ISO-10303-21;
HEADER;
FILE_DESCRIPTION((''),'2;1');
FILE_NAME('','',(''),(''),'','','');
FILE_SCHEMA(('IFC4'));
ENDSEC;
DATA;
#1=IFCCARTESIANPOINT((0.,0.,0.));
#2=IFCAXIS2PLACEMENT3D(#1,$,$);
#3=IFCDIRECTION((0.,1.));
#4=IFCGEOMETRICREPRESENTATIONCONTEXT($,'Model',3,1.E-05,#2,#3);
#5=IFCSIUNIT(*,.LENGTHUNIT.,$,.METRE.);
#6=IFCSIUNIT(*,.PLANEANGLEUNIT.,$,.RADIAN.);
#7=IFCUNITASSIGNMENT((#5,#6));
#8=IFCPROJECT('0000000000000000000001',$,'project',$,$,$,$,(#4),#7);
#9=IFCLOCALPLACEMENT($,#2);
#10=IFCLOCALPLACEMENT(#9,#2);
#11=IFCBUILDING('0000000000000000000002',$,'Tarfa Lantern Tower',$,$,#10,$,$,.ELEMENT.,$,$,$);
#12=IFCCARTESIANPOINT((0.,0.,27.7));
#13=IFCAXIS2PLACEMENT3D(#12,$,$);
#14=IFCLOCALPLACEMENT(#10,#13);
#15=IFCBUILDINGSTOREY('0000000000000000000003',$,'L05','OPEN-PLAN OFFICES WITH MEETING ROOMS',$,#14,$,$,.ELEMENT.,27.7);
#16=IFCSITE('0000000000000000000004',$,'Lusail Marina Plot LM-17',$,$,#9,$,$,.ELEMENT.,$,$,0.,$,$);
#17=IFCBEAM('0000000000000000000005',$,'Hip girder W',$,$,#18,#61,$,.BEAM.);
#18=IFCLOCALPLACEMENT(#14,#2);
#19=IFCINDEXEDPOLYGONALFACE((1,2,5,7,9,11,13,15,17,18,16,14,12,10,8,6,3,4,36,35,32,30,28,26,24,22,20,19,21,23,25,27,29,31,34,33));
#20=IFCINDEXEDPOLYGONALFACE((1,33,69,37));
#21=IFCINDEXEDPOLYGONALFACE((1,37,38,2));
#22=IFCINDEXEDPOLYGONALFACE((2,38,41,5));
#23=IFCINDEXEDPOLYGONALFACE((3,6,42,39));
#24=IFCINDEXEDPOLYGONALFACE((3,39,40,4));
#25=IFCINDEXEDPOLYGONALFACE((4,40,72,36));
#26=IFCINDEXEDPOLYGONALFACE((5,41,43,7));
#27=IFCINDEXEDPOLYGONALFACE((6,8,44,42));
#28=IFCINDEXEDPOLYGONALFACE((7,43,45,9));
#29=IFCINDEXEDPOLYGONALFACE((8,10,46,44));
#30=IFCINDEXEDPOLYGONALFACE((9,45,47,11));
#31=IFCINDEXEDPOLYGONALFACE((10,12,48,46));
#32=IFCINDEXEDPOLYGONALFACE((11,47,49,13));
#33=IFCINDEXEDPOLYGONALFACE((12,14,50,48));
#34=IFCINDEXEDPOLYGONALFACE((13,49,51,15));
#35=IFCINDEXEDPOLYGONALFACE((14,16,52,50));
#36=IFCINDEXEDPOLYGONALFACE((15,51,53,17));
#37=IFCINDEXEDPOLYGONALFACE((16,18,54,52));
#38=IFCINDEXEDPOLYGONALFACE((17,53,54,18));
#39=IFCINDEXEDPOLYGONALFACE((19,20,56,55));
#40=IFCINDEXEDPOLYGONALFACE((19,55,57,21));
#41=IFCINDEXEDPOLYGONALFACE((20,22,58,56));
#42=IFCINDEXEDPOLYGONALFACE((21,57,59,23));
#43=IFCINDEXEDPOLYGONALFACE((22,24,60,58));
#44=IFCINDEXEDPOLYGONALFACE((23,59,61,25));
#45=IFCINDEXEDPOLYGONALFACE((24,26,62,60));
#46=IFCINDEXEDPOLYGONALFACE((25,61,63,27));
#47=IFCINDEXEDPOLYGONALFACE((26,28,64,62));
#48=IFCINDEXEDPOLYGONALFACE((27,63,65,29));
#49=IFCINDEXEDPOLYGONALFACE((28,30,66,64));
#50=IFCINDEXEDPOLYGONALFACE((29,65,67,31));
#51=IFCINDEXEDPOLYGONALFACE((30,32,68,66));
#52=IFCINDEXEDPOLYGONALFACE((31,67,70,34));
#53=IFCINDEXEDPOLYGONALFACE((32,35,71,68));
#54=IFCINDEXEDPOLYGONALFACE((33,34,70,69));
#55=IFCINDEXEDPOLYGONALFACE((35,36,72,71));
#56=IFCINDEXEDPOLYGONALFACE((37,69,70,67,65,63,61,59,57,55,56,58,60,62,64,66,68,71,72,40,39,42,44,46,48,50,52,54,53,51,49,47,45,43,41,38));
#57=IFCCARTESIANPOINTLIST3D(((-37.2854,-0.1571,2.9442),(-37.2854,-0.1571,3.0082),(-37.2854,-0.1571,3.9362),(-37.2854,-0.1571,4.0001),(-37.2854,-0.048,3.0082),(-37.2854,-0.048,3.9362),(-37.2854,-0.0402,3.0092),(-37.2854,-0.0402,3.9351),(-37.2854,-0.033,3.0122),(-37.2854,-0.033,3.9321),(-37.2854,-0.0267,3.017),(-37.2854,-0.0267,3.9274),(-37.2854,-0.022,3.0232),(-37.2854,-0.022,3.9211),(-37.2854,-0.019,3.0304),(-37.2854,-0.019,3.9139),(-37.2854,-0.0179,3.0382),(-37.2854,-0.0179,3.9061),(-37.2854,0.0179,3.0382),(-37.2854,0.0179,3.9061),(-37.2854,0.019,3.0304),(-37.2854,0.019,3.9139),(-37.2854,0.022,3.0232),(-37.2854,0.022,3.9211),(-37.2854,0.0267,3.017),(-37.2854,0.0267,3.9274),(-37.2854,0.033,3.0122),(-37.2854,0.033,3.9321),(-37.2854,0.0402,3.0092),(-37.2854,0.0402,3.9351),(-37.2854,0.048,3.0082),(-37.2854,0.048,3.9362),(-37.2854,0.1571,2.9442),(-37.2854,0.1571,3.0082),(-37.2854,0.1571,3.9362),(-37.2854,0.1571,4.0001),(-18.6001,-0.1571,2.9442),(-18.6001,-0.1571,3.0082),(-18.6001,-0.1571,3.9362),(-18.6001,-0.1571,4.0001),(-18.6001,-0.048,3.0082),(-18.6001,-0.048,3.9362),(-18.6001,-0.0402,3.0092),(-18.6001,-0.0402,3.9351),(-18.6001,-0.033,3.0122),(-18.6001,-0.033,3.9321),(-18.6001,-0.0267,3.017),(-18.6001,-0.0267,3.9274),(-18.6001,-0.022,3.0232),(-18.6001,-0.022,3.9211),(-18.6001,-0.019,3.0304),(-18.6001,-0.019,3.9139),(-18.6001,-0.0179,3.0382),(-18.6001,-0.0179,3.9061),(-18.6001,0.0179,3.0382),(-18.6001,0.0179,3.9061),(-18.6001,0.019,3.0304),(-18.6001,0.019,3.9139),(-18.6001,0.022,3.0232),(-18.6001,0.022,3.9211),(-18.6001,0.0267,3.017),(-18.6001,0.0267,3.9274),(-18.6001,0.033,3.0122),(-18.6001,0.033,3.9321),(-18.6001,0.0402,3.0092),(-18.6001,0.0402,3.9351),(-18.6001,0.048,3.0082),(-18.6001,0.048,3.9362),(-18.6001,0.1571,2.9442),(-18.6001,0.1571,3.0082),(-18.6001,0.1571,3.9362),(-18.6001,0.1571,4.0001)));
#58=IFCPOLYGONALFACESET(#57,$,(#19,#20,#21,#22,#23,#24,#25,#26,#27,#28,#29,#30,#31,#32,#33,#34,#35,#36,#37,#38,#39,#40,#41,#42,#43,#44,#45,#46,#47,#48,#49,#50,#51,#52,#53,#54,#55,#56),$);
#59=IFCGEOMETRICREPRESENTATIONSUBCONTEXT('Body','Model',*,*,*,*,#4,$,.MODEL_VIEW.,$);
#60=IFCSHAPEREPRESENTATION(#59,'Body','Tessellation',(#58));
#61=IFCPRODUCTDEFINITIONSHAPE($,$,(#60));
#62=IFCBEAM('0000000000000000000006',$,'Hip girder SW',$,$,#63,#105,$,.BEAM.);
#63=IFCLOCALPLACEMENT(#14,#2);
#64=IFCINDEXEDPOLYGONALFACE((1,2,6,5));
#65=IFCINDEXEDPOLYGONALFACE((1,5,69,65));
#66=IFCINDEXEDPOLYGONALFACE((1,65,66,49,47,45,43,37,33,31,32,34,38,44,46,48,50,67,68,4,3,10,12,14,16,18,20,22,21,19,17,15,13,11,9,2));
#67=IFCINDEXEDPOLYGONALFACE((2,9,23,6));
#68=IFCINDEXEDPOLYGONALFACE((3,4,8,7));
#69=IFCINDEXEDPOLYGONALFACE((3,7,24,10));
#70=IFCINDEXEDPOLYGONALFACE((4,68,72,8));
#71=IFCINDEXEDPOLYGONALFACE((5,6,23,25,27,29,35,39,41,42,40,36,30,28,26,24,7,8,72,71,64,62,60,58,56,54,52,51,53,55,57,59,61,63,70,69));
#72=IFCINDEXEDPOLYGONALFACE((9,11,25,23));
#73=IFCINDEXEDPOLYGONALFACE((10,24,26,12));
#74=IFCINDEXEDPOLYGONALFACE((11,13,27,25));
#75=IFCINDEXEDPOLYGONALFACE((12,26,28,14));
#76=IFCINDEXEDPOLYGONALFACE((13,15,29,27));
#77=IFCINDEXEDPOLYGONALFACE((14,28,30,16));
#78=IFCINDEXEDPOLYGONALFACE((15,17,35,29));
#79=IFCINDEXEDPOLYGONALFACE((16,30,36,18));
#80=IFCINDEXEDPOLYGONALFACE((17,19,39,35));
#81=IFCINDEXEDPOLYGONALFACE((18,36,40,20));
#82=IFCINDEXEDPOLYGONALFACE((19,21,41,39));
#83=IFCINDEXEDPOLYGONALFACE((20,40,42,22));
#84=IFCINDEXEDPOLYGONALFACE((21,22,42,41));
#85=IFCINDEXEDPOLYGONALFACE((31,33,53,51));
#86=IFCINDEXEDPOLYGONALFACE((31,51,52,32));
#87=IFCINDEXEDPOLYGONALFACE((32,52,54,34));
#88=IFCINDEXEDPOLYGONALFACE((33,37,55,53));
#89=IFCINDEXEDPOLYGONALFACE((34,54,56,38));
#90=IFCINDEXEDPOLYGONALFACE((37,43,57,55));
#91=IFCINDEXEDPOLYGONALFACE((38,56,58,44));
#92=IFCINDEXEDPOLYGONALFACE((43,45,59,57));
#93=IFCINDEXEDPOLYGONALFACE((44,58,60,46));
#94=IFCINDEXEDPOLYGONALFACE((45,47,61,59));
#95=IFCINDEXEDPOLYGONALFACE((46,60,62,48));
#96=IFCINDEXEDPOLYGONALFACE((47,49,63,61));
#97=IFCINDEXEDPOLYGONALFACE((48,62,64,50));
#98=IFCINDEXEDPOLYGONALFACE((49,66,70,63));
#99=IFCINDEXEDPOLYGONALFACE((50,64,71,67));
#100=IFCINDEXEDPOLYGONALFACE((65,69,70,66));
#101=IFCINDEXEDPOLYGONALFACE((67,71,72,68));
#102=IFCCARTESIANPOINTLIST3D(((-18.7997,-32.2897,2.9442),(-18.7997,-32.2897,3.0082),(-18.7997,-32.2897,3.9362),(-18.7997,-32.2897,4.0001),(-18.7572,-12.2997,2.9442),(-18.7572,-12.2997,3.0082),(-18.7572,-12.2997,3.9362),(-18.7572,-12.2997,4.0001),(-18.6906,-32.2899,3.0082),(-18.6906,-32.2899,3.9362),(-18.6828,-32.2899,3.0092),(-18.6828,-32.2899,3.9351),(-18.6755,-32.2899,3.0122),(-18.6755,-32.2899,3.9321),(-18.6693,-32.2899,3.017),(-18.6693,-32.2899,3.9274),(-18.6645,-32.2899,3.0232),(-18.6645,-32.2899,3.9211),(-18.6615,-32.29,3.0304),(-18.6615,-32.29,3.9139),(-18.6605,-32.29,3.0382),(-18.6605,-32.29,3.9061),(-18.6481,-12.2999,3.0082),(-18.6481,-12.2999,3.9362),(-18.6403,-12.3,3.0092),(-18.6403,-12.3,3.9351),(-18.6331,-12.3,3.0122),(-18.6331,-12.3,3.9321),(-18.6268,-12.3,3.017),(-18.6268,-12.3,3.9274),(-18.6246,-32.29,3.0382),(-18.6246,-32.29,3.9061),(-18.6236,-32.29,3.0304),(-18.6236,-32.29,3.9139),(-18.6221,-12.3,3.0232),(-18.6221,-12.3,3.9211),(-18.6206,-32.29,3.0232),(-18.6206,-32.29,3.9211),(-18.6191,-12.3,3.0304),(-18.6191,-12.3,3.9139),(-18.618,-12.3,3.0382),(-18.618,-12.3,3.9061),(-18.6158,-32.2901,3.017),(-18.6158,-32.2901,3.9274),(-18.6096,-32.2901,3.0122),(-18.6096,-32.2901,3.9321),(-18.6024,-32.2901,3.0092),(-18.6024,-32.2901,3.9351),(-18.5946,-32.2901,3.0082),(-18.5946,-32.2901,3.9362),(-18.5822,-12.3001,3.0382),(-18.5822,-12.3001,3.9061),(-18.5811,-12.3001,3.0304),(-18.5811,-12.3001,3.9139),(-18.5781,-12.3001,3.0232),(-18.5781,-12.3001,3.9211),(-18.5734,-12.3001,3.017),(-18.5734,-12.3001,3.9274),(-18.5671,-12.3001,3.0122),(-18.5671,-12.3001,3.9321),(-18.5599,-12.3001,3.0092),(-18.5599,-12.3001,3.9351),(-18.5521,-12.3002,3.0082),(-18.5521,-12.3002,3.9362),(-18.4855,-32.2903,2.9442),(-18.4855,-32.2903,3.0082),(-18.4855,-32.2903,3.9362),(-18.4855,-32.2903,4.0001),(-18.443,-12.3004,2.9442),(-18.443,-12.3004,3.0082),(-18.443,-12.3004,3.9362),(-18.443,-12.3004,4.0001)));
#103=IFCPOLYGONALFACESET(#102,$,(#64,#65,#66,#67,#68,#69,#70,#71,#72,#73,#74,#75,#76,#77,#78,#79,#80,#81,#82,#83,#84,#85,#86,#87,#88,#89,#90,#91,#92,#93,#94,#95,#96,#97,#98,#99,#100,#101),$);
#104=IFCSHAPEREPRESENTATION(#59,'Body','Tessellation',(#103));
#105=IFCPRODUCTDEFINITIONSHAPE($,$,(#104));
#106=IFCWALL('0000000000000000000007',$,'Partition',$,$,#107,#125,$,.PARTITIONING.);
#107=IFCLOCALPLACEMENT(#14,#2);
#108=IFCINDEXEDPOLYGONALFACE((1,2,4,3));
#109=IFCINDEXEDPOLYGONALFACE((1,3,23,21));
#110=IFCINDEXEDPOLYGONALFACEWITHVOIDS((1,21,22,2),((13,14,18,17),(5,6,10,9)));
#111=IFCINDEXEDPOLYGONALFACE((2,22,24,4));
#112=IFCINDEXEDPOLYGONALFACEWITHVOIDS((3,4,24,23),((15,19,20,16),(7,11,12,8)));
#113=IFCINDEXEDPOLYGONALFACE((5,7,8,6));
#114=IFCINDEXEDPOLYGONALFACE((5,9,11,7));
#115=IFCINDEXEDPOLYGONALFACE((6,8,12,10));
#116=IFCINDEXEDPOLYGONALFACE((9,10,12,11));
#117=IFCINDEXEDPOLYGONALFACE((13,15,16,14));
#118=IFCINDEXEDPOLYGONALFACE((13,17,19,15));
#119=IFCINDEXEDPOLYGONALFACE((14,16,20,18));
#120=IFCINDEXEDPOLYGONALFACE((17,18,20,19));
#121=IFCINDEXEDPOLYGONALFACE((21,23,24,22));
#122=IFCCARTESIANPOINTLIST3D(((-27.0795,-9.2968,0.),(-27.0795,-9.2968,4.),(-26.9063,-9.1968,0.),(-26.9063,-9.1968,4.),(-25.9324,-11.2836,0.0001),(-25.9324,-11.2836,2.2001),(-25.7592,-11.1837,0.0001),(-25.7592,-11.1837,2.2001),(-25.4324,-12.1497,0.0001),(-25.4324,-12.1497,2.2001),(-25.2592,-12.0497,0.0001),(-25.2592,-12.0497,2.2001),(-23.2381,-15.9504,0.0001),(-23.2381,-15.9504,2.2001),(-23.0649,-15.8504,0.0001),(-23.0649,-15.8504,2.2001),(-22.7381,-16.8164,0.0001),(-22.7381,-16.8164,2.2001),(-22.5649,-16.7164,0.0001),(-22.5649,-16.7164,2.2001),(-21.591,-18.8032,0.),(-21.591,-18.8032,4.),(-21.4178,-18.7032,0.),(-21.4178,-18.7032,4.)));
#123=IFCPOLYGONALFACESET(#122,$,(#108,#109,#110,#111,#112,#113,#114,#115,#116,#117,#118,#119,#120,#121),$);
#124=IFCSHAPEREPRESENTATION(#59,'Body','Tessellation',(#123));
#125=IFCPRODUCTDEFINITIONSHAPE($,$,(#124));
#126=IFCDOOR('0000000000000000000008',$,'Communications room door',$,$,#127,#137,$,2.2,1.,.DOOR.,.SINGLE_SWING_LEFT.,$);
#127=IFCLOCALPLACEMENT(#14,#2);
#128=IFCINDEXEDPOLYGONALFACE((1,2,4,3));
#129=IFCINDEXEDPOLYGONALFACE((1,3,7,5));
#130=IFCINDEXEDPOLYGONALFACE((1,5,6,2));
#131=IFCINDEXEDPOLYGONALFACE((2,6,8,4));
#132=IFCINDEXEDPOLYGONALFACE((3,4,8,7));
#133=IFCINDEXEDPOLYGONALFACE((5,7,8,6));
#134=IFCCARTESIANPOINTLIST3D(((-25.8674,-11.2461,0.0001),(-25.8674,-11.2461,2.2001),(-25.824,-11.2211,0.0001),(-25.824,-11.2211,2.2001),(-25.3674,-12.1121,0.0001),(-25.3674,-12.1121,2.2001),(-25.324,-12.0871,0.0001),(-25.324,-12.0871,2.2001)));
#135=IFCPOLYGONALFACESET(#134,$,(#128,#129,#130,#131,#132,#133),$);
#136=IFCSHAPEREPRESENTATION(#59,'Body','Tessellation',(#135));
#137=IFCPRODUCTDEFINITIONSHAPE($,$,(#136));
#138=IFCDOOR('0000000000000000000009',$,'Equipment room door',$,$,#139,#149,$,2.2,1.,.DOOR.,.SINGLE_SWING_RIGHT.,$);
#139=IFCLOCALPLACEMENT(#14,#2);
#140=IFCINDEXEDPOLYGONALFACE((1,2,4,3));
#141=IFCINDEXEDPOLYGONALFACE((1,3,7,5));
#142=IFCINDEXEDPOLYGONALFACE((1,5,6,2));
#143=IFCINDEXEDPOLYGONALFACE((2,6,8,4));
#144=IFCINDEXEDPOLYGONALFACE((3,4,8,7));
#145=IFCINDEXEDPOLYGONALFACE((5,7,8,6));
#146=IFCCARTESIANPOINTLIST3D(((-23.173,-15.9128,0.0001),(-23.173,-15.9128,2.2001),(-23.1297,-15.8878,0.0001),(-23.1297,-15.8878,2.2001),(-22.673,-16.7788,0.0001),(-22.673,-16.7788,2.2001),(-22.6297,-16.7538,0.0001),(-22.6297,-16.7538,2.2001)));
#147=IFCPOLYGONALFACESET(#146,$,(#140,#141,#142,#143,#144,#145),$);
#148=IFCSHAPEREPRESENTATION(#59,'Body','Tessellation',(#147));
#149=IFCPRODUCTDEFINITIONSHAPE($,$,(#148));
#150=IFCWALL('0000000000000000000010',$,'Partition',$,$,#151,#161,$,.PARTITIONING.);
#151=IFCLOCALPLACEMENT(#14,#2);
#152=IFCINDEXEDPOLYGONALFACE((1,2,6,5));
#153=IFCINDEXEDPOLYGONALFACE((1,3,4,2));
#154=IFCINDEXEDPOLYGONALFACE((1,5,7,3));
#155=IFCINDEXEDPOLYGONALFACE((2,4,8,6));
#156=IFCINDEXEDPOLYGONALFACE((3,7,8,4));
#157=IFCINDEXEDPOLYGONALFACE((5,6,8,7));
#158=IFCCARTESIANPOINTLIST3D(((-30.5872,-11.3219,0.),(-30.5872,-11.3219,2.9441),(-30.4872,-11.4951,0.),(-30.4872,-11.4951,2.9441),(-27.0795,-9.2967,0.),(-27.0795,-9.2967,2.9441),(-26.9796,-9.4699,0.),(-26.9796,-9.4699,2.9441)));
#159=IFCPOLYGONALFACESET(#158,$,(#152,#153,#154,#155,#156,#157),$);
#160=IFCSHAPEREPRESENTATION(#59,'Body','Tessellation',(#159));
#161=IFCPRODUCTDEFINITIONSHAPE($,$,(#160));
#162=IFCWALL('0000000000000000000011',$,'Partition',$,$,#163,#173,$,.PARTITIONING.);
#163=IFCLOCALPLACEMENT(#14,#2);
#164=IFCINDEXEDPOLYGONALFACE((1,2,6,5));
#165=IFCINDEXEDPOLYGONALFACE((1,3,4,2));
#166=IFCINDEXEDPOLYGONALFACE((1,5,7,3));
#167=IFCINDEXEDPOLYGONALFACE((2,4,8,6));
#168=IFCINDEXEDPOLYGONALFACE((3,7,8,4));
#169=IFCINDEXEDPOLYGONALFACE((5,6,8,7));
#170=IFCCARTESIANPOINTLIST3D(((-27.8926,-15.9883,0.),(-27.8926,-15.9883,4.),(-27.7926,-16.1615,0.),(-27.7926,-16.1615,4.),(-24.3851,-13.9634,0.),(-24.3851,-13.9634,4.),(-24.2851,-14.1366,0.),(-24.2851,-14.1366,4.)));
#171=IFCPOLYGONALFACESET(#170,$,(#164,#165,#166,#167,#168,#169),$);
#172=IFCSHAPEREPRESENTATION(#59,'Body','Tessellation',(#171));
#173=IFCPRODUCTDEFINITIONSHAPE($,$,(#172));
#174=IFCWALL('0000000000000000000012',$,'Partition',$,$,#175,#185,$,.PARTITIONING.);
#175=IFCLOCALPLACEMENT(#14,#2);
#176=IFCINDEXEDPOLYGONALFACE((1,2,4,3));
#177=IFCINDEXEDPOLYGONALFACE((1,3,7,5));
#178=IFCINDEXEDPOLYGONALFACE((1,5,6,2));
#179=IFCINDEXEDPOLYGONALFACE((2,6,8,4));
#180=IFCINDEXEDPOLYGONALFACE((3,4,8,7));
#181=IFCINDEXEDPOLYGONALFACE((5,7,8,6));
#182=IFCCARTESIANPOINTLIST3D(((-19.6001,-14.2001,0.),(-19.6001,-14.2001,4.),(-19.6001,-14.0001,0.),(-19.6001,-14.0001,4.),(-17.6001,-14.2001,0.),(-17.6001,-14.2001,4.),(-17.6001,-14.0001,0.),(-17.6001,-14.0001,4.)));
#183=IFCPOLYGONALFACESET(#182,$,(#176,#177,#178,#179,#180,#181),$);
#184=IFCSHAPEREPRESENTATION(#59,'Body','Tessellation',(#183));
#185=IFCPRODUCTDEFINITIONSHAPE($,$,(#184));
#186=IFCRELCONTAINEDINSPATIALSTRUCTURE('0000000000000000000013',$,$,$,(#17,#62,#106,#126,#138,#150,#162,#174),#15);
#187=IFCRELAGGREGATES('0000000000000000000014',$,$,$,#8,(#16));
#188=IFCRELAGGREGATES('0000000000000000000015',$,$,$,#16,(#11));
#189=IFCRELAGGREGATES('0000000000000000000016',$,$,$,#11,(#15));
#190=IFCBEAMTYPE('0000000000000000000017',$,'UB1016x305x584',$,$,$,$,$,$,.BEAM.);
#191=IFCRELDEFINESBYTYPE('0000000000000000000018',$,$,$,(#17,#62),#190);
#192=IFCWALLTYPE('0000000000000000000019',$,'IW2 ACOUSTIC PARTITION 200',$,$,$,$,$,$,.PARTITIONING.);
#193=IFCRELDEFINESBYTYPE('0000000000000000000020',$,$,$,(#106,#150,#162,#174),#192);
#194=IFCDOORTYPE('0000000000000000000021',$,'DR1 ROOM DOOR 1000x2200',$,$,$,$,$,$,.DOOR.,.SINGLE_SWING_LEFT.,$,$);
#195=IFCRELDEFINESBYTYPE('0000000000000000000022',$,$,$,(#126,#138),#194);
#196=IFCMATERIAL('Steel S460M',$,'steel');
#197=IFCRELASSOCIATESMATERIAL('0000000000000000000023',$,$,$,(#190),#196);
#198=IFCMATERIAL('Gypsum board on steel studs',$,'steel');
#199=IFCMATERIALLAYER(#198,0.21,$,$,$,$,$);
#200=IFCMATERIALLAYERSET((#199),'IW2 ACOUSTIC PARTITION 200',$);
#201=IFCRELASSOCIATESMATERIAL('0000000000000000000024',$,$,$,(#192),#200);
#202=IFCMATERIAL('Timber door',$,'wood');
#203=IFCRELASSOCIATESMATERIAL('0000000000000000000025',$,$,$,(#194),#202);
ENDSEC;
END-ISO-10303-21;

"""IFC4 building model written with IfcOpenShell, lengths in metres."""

from ifc_helpers import new_model, si_unit, direction, frame, frame_2d, origin, origin_2d, place, context, subcontext, project, spatial, rectangle, i_section, extrude, material, layer, layer_set, material_profile, profile_set, type_object, element, fill, save


model = new_model("IFC4")

# Units and contexts
model_context = context("Model", 3, precision=1e-05, world=origin(), true_north=direction((0.0, 1.0)))
body_context = subcontext(model_context, "Body", "Model", "MODEL_VIEW")
ifc_project = project(units=[si_unit("LENGTHUNIT", "METRE"), si_unit("PLANEANGLEUNIT", "RADIAN")], contexts=[model_context])

# Site, building, storey
site_placement = place(None, origin())
site = spatial("IfcSite", under=ifc_project, at=site_placement, Name="Lusail Marina Plot LM-17", CompositionType="ELEMENT", RefElevation=0.0)
building_placement = place(site_placement, origin())
building = spatial("IfcBuilding", under=site, at=building_placement, Name="Tarfa Lantern Tower", CompositionType="ELEMENT")
storey_placement = place(building_placement, frame((0.0, 0.0, 27.7)))
storey = spatial("IfcBuildingStorey", under=building, at=storey_placement, Name="L05", Description="OPEN-PLAN OFFICES WITH MEETING ROOMS", CompositionType="ELEMENT", Elevation=27.7)

# Beams
ifc_material_1 = material(Name="Steel S460M", Category="steel")
ifc_material_profile = material_profile(ifc_material_1, i_section(OverallWidth=0.3142, OverallDepth=1.0559, WebThickness=0.0359, FlangeThickness=0.064, FilletRadius=0.03, at=origin_2d()), Name="UB1016x305x584")
ifc_profile_set = profile_set([ifc_material_profile], Name="Steel S460M")
beam_type = type_object("IfcBeamType", Name="UB1016x305x584", PredefinedType="BEAM", material=ifc_profile_set)
beam_1_placement = place(storey_placement, frame((-18.6001, 0.0, 3.4722), z_axis=(-1.0, 0.0, 0.0), x_axis=(0.0, -1.0, 0.0)))
element("IfcBeam", 1, at=beam_1_placement, inside=storey, type_object=beam_type, Name="Hip girder W", PredefinedType="BEAM", context=body_context, shape_type="SweptSolid", body=[
    extrude(i_section(OverallWidth=0.3142, OverallDepth=1.0559, WebThickness=0.0359, FlangeThickness=0.064, FilletRadius=0.03, at=origin_2d()), origin(), (0.0, 0.0, 1.0), 18.6853),
])
beam_2_placement = place(storey_placement, frame((-18.6001, -12.3, 3.4722), z_axis=(-0.002125, -0.999998, 0.0), x_axis=(0.999998, -0.002125, 0.0)))
element("IfcBeam", 2, at=beam_2_placement, inside=storey, type_object=beam_type, Name="Hip girder SW", PredefinedType="BEAM", context=body_context, shape_type="SweptSolid", body=[
    extrude(i_section(OverallWidth=0.3142, OverallDepth=1.0559, WebThickness=0.0359, FlangeThickness=0.064, FilletRadius=0.03, at=origin_2d()), origin(), (0.0, 0.0, 1.0), 19.99),
])

# Wall, openings, doors
ifc_material_2 = material(Name="Gypsum board on steel studs", Category="steel")
ifc_layer_1 = layer(ifc_material_2, 0.21)
ifc_layer_set_1 = layer_set([ifc_layer_1], Name="IW2 ACOUSTIC PARTITION 200")
wall_type_1 = type_object("IfcWallType", Name="IW2 ACOUSTIC PARTITION 200", PredefinedType="PARTITIONING", material=ifc_layer_set_1)
wall_1_placement = place(storey_placement, frame((-26.9929, -9.2468, 0.0), z_axis=(0.0, 0.0, 1.0), x_axis=(0.500002, -0.866024, 0.0)))
wall_1 = element("IfcWall", 3, at=wall_1_placement, inside=storey, type_object=wall_type_1, Name="Partition", PredefinedType="PARTITIONING", context=body_context, shape_type="SweptSolid", body=[
    extrude(rectangle(XDim=10.9771, YDim=0.2, at=frame_2d((5.4885, 0.0))), origin(), (0.0, 0.0, 1.0), 4.0),
])
opening_1_placement = place(wall_1_placement, frame((2.2942, 0.0, 0.0)))
opening_1 = element("IfcOpeningElement", 4, at=opening_1_placement, cuts=wall_1, PredefinedType="OPENING", context=body_context, shape_type="SweptSolid", body=[
    extrude(rectangle(XDim=1.0, YDim=2.2, at=frame_2d((0.5, 1.1001))), frame((0.0, 0.1099, 0.0), z_axis=(0.0, -1.0, 0.0), x_axis=(1.0, 0.0, 0.0)), (0.0, 0.0, 1.0), 0.22),
])
opening_2_placement = place(wall_1_placement, frame((7.6829, 0.0, 0.0)))
opening_2 = element("IfcOpeningElement", 5, at=opening_2_placement, cuts=wall_1, PredefinedType="OPENING", context=body_context, shape_type="SweptSolid", body=[
    extrude(rectangle(XDim=1.0, YDim=2.2, at=frame_2d((0.5, 1.1001))), frame((0.0, 0.1099, 0.0), z_axis=(0.0, -1.0, 0.0), x_axis=(1.0, 0.0, 0.0)), (0.0, 0.0, 1.0), 0.22),
])
ifc_material_3 = material(Name="Timber door", Category="wood")
door_type_1 = type_object("IfcDoorType", Name="DR1 ROOM DOOR 1000x2200", OperationType="SINGLE_SWING_LEFT", PredefinedType="DOOR", material=ifc_material_3)
door_1_placement = place(opening_1_placement, frame((1.0, 0.0, 0.0), z_axis=(0.0, 0.0, 1.0), x_axis=(-1.0, 0.0, 0.0)))
door_1 = element("IfcDoor", 6, at=door_1_placement, inside=storey, type_object=door_type_1, Name="Communications room door", OperationType="SINGLE_SWING_LEFT", OverallHeight=2.2, OverallWidth=1.0, PredefinedType="DOOR", context=body_context, shape_type="SweptSolid", body=[
    extrude(rectangle(XDim=1.0, YDim=2.2, at=frame_2d((0.5, 1.1001))), frame((0.0, 0.0249, 0.0), z_axis=(0.0, -1.0, 0.0), x_axis=(1.0, 0.0, 0.0)), (0.0, 0.0, 1.0), 0.05),
])
fill(opening_1, door_1)
door_2_placement = place(opening_2_placement, frame((1.0, 0.0, 0.0), z_axis=(0.0, 0.0, 1.0), x_axis=(-1.0, 0.0, 0.0)))
door_2 = element("IfcDoor", 7, at=door_2_placement, inside=storey, type_object=door_type_1, Name="Equipment room door", OperationType="SINGLE_SWING_RIGHT", OverallHeight=2.2, OverallWidth=1.0, PredefinedType="DOOR", context=body_context, shape_type="SweptSolid", body=[
    extrude(rectangle(XDim=1.0, YDim=2.2, at=frame_2d((0.5, 1.1001))), frame((0.0, 0.0249, 0.0), z_axis=(0.0, -1.0, 0.0), x_axis=(1.0, 0.0, 0.0)), (0.0, 0.0, 1.0), 0.05),
])
fill(opening_2, door_2)

# Walls
wall_2_placement = place(storey_placement, frame((-27.0295, -9.3833, 0.0), z_axis=(0.0, 0.0, 1.0), x_axis=(-0.86602, -0.500009, 0.0)))
element("IfcWall", 8, at=wall_2_placement, inside=storey, type_object=wall_type_1, Name="Partition", PredefinedType="PARTITIONING", context=body_context, shape_type="SweptSolid", body=[
    extrude(rectangle(XDim=4.0503, YDim=0.2, at=frame_2d((2.0251, 0.0))), origin(), (0.0, 0.0, 1.0), 2.9441),
])
wall_3_placement = place(storey_placement, frame((-24.3352, -14.05, 0.0), z_axis=(0.0, 0.0, 1.0), x_axis=(-0.866046, -0.499964, 0.0)))
element("IfcWall", 9, at=wall_3_placement, inside=storey, type_object=wall_type_1, Name="Partition", PredefinedType="PARTITIONING", context=body_context, shape_type="SweptSolid", body=[
    extrude(rectangle(XDim=4.05, YDim=0.2, at=frame_2d((2.0249, 0.0))), origin(), (0.0, 0.0, 1.0), 4.0),
])
wall_4_placement = place(storey_placement, frame((-17.6001, -14.1001, 0.0), z_axis=(0.0, 0.0, 1.0), x_axis=(-1.0, 0.0, 0.0)))
element("IfcWall", 10, at=wall_4_placement, inside=storey, type_object=wall_type_1, Name="Partition", PredefinedType="PARTITIONING", context=body_context, shape_type="SweptSolid", body=[
    extrude(rectangle(XDim=2.0, YDim=0.2, at=frame_2d((1.0, 0.0))), origin(), (0.0, 0.0, 1.0), 4.0),
])

save(model, "model.ifc")
